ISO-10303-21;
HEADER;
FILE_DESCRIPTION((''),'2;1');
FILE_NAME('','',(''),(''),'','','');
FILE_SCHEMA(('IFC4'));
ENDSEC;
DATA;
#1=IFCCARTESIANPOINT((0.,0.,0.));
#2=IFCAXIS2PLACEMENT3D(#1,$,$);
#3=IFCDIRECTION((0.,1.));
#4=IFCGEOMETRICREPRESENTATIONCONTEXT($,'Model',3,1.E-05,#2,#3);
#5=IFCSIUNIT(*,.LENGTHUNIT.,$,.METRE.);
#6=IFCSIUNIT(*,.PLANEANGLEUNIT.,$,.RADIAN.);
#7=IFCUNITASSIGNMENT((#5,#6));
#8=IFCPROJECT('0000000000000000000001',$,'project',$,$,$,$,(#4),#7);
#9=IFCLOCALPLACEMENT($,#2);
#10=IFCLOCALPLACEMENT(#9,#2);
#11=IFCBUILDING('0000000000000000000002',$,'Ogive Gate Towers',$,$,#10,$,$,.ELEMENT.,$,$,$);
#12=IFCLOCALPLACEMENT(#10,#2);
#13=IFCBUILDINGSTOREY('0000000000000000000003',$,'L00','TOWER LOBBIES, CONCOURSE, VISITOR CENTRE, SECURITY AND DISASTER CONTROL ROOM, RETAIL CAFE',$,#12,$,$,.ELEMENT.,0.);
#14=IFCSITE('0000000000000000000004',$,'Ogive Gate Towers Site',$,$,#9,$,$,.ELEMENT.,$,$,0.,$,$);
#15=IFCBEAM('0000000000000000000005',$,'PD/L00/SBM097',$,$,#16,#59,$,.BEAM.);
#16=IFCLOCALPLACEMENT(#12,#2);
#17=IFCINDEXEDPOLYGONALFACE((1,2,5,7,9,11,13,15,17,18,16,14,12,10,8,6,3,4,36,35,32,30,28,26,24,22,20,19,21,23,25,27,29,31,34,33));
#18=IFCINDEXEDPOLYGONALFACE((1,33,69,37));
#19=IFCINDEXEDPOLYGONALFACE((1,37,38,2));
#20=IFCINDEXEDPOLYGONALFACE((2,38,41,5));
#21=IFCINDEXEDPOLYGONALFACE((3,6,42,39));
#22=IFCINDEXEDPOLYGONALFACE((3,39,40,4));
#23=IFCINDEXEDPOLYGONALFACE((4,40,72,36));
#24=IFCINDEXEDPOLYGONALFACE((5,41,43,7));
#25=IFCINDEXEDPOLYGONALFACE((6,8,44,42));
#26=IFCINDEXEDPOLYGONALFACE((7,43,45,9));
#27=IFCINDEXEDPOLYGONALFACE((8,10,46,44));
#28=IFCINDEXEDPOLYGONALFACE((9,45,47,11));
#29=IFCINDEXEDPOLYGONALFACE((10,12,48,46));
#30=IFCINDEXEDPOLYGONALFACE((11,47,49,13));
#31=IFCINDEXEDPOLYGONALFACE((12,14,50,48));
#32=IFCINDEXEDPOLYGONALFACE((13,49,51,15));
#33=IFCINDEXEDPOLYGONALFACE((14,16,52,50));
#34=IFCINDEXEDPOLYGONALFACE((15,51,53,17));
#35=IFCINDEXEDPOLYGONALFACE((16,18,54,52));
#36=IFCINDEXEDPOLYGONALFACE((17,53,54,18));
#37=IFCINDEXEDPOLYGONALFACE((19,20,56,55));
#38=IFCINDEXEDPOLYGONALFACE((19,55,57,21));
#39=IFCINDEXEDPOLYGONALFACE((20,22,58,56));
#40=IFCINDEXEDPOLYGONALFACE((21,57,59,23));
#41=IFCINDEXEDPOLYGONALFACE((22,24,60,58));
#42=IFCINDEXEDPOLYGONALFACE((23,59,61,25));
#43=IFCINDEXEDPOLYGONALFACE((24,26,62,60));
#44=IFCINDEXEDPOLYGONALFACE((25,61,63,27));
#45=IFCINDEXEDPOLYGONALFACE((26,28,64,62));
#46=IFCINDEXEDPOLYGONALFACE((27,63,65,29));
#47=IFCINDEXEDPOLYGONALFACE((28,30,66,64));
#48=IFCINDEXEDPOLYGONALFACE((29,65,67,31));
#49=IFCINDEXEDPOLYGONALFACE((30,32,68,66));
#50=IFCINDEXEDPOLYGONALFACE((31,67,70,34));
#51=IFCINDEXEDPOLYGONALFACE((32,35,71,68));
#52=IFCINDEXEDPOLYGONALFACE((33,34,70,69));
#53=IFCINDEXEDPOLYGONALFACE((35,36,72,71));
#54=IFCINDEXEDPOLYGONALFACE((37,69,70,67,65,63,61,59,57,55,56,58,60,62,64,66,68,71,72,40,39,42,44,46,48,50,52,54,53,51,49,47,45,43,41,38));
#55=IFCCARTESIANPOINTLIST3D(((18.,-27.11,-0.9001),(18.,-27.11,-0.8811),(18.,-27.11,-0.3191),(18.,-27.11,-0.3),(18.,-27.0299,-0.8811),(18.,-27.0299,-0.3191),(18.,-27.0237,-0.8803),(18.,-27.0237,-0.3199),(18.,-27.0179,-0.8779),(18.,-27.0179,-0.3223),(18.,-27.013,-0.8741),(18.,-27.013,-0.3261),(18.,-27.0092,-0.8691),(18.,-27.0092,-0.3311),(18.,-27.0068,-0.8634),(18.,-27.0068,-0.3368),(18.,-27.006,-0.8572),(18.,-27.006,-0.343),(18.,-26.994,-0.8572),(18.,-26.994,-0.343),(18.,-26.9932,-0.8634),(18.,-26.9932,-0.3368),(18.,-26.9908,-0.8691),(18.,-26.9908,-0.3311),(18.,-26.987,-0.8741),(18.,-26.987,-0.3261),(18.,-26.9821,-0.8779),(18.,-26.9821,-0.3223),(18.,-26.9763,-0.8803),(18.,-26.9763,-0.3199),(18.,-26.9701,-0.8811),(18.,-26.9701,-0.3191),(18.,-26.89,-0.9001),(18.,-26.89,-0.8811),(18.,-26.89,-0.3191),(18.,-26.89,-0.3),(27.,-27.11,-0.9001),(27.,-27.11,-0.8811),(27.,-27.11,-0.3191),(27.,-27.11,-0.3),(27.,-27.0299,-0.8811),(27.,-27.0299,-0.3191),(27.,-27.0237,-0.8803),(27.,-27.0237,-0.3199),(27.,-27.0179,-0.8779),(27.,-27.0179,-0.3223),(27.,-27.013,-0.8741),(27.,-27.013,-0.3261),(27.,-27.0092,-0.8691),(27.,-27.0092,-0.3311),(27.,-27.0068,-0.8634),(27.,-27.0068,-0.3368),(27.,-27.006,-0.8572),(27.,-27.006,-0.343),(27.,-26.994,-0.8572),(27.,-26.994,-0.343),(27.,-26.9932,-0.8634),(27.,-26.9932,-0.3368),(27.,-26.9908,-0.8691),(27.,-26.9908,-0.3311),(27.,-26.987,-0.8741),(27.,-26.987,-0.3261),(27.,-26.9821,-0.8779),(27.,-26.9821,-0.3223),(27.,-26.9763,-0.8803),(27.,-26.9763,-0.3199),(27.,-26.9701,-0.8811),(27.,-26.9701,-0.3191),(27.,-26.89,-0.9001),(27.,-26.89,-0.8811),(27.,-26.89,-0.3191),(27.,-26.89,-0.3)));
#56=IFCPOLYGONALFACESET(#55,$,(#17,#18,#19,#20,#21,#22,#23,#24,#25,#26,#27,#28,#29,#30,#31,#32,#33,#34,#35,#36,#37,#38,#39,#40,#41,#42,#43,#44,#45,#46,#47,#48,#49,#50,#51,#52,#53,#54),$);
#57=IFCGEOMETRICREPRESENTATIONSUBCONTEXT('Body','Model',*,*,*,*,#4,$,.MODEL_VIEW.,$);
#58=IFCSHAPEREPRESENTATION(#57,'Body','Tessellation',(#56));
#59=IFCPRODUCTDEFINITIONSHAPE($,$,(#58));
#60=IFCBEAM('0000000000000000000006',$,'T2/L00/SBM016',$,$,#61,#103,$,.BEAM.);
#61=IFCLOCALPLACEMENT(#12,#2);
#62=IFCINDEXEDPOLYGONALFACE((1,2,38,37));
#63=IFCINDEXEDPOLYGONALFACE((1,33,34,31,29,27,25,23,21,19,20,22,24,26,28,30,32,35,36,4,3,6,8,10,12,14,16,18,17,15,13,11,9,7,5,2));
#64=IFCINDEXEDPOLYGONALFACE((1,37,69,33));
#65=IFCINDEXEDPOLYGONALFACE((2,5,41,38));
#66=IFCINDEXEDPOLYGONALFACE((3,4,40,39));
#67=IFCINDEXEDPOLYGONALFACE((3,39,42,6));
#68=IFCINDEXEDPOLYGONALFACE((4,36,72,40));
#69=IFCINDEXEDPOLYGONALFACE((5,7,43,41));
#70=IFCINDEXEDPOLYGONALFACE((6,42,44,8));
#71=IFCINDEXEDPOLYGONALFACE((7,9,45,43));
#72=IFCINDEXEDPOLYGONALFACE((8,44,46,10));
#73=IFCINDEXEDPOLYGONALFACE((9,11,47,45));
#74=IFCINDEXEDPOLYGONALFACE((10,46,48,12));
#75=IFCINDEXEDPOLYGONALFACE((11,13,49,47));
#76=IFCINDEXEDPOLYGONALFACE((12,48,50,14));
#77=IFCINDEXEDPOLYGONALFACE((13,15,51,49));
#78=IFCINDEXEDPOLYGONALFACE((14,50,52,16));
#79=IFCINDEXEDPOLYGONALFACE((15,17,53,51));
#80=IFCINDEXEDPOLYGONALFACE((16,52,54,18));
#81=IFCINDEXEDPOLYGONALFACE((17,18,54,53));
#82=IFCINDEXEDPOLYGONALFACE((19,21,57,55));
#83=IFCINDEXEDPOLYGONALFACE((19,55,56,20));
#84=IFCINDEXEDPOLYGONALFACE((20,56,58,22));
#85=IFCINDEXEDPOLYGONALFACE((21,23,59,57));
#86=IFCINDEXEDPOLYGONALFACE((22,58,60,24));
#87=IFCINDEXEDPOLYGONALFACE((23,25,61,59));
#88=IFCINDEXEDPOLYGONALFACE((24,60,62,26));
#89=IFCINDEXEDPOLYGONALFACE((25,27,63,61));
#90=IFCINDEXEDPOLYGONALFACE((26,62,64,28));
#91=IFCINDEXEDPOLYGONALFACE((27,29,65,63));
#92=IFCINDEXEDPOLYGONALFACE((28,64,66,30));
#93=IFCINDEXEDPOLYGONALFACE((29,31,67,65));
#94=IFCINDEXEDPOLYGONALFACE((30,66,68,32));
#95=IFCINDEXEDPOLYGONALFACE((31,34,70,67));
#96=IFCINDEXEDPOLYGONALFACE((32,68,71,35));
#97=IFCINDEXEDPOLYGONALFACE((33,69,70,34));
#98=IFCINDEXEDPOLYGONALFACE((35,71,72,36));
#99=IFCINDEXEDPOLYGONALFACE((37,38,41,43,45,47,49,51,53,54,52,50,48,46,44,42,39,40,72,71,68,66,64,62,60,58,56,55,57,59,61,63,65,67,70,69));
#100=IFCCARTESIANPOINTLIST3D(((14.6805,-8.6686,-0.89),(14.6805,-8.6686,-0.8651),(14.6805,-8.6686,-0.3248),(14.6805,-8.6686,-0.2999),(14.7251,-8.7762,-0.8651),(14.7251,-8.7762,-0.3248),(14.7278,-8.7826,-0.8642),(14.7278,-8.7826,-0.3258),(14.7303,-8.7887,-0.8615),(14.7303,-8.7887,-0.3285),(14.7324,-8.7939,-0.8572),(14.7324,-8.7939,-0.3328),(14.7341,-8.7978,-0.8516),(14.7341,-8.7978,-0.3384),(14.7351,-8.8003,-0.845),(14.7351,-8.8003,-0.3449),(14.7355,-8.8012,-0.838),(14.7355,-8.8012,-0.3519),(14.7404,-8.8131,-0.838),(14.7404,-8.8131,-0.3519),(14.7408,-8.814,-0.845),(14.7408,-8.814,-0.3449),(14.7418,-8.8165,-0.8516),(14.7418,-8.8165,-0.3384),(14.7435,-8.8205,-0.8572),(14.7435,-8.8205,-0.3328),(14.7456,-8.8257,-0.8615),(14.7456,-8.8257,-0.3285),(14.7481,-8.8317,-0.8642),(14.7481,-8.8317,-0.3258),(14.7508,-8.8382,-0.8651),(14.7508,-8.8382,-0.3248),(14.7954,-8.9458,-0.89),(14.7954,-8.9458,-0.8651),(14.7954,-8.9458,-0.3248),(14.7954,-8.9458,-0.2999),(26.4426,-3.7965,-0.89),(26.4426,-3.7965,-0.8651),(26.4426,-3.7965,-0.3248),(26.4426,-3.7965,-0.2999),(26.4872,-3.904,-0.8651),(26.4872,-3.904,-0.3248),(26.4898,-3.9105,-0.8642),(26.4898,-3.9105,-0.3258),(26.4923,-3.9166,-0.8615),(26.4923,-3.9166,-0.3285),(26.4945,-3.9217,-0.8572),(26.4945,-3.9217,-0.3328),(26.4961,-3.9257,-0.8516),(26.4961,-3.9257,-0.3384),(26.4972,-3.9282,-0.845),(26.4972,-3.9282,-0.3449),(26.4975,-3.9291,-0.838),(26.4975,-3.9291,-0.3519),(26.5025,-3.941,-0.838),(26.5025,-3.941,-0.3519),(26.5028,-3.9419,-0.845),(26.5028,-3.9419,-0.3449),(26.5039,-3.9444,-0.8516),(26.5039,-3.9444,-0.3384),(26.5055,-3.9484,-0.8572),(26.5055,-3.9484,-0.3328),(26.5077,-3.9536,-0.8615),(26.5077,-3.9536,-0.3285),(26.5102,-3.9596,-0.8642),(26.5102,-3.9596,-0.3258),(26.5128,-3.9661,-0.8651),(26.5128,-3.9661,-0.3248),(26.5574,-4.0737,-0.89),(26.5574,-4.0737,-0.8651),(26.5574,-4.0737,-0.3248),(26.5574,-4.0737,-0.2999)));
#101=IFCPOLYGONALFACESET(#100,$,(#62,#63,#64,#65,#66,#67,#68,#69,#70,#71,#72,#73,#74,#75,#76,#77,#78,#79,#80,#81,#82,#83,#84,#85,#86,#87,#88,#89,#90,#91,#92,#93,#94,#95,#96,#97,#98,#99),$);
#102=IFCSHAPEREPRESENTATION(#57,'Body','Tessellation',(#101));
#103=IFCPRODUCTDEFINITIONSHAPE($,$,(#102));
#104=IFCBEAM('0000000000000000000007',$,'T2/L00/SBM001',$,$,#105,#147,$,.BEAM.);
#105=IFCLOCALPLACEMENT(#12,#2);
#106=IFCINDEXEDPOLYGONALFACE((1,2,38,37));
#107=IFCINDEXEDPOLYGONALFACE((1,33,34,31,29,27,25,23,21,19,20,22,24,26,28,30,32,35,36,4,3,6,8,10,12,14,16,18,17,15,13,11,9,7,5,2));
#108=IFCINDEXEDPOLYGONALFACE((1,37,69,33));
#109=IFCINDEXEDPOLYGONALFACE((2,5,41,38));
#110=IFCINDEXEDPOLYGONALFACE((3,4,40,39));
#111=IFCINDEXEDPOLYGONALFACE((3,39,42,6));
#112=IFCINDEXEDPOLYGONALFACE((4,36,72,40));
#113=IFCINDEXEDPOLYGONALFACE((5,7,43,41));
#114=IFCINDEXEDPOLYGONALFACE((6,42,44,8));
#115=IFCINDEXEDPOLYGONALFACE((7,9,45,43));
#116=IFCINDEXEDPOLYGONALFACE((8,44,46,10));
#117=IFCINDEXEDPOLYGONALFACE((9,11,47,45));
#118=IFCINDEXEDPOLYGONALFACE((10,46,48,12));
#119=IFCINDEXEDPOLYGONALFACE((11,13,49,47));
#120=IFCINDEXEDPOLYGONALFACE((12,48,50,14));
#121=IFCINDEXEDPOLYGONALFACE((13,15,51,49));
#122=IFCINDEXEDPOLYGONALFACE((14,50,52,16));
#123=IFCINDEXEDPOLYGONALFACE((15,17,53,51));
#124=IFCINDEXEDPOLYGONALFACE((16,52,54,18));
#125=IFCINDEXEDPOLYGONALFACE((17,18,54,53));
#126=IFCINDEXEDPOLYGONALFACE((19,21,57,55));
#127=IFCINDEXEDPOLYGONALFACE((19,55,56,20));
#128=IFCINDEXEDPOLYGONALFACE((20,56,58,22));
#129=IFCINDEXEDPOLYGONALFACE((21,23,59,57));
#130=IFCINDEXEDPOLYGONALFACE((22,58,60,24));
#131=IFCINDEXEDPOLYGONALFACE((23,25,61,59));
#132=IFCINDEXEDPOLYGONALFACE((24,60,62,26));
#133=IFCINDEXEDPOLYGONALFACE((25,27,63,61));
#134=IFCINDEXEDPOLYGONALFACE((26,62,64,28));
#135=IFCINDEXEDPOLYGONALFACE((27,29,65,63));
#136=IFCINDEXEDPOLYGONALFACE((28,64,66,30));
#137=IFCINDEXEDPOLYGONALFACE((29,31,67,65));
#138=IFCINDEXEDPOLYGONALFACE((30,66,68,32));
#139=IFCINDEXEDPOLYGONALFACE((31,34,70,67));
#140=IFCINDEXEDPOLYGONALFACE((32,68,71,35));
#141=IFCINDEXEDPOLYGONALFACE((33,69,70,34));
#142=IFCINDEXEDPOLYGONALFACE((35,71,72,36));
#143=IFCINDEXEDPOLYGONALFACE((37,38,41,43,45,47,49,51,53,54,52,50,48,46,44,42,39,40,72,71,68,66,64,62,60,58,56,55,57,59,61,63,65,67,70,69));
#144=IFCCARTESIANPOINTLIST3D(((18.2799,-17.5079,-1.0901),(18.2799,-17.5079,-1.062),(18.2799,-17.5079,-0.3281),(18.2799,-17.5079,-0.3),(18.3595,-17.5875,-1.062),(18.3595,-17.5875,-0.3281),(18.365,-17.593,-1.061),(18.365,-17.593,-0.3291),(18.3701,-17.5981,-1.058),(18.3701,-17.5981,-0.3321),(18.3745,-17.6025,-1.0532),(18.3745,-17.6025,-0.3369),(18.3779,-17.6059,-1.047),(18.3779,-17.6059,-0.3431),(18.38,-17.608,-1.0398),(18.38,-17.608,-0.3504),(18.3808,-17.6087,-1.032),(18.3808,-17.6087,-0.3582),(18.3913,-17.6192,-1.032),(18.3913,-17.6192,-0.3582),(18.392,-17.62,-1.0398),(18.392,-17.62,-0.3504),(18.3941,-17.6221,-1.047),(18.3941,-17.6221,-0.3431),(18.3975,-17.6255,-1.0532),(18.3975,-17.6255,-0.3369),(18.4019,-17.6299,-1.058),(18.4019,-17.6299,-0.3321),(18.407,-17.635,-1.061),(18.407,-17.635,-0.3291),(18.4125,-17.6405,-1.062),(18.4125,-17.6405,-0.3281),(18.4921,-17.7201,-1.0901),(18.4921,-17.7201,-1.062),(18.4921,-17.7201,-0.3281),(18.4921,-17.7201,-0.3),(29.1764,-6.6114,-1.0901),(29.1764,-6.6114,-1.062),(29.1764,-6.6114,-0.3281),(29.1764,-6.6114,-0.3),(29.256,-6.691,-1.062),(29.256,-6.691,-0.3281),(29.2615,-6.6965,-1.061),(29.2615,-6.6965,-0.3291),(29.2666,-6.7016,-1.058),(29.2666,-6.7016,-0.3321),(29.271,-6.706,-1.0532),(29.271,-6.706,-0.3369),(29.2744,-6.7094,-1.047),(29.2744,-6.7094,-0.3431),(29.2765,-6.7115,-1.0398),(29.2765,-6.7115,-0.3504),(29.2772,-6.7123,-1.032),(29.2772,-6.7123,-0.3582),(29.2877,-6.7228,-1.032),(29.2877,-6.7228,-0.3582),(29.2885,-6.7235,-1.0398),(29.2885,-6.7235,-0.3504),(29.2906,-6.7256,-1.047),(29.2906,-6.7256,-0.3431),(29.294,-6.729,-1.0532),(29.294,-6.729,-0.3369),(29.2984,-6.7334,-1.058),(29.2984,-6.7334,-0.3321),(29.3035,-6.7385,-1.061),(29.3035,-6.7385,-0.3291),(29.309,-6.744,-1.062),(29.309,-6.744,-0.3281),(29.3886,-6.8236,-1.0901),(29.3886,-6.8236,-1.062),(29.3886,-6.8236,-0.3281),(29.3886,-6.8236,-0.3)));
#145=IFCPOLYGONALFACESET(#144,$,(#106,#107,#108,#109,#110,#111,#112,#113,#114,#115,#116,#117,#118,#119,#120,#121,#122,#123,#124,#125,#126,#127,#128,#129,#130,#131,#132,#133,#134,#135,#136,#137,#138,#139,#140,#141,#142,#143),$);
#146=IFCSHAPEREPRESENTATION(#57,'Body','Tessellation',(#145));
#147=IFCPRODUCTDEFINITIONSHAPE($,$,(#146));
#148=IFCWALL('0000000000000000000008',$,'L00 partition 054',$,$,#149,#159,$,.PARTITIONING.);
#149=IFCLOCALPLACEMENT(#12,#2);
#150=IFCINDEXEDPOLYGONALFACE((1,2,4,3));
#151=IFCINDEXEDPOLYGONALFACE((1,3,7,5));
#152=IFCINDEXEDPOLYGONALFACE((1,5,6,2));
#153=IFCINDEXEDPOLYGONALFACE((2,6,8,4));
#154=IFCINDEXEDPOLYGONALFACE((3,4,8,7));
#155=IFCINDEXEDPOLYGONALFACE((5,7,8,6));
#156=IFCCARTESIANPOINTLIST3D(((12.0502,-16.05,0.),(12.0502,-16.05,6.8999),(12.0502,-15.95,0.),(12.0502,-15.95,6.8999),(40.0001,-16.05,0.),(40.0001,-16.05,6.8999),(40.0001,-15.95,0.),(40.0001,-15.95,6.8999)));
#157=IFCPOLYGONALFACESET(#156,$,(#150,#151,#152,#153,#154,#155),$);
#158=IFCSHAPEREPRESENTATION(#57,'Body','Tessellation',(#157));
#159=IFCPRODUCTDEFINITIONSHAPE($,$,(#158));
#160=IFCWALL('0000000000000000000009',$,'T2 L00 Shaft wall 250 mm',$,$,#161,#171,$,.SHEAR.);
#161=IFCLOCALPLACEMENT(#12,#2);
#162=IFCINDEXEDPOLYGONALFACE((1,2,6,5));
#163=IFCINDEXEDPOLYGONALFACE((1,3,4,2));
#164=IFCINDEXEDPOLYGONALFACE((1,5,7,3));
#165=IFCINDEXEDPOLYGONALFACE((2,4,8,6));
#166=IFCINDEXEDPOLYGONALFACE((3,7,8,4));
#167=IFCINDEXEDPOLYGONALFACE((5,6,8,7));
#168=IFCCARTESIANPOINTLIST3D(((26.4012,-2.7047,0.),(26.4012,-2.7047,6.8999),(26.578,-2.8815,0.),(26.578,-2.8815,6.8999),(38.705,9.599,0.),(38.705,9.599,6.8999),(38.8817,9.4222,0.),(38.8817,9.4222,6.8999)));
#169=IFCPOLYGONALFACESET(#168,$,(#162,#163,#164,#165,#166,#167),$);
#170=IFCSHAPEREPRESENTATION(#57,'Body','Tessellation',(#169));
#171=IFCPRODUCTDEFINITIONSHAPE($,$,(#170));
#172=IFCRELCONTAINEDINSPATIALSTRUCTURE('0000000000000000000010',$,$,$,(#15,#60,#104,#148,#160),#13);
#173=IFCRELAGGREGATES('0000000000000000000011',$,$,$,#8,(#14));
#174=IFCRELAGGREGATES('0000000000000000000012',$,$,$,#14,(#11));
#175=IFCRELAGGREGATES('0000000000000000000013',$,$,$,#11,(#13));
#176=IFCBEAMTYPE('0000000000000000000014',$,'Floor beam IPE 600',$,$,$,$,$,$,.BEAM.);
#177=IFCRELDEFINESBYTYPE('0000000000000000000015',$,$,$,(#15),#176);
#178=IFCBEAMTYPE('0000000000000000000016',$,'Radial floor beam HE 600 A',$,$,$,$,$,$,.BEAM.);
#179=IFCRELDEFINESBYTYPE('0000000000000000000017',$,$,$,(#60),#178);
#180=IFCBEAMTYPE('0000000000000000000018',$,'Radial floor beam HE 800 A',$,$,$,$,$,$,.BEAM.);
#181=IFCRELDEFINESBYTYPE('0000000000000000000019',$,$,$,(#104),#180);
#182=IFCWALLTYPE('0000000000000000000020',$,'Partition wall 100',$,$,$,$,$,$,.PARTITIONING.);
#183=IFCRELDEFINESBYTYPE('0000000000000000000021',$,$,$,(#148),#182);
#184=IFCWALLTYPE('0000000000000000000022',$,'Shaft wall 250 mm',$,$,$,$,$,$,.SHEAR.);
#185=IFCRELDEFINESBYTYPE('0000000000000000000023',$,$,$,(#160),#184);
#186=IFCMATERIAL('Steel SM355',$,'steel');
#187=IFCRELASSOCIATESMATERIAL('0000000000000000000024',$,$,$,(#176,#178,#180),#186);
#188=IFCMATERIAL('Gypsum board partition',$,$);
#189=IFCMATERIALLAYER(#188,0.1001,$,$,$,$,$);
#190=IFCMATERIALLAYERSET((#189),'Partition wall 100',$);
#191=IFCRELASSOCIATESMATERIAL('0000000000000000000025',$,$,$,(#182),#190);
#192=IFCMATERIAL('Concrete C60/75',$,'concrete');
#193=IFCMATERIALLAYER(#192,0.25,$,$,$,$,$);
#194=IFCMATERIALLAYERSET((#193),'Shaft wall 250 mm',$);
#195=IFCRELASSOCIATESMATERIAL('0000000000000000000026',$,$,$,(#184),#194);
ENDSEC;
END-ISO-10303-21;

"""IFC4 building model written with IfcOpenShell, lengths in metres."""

from ifc_helpers import new_model, si_unit, direction, frame, frame_2d, origin, origin_2d, place, context, subcontext, project, spatial, rectangle, i_section, extrude, material, layer, layer_set, material_profile, profile_set, type_object, element, save


model = new_model("IFC4")

# Units and contexts
model_context = context("Model", 3, precision=1e-05, world=origin(), true_north=direction((0.0, 1.0)))
body_context = subcontext(model_context, "Body", "Model", "MODEL_VIEW")
ifc_project = project(units=[si_unit("LENGTHUNIT", "METRE"), si_unit("PLANEANGLEUNIT", "RADIAN")], contexts=[model_context])

# Site, building, storey
site_placement = place(None, origin())
site = spatial("IfcSite", under=ifc_project, at=site_placement, Name="Ogive Gate Towers Site", CompositionType="ELEMENT", RefElevation=0.0)
building_placement = place(site_placement, origin())
building = spatial("IfcBuilding", under=site, at=building_placement, Name="Ogive Gate Towers", CompositionType="ELEMENT")
storey_placement = place(building_placement, origin())
storey = spatial("IfcBuildingStorey", under=building, at=storey_placement, Name="L00", Description="TOWER LOBBIES, CONCOURSE, VISITOR CENTRE, SECURITY AND DISASTER CONTROL ROOM, RETAIL CAFE", CompositionType="ELEMENT", Elevation=0.0)

# Beams
ifc_material_1 = material(Name="Steel SM355", Category="steel")
ifc_material_profile_1 = material_profile(ifc_material_1, i_section(OverallWidth=0.22, OverallDepth=0.6001, WebThickness=0.012, FlangeThickness=0.019, FilletRadius=0.0239, at=origin_2d()), Name="IPE 600")
ifc_profile_set_1 = profile_set([ifc_material_profile_1], Name="Steel SM355")
beam_type_1 = type_object("IfcBeamType", Name="Floor beam IPE 600", PredefinedType="BEAM", material=ifc_profile_set_1)
beam_1_placement = place(storey_placement, frame((18.0, -27.0, -0.6001), z_axis=(1.0, 0.0, 0.0), x_axis=(0.0, 1.0, 0.0)))
element("IfcBeam", 1, at=beam_1_placement, inside=storey, type_object=beam_type_1, Name="PD/L00/SBM097", PredefinedType="BEAM", context=body_context, shape_type="SweptSolid", body=[
    extrude(i_section(OverallWidth=0.22, OverallDepth=0.6001, WebThickness=0.012, FlangeThickness=0.019, FilletRadius=0.0239, at=origin_2d()), origin(), (0.0, 0.0, 1.0), 9.0),
])
ifc_material_profile_2 = material_profile(ifc_material_1, i_section(OverallWidth=0.3, OverallDepth=0.5901, WebThickness=0.0129, FlangeThickness=0.0249, FilletRadius=0.0271, at=origin_2d()), Name="HE 600 A")
ifc_profile_set_2 = profile_set([ifc_material_profile_2], Name="Steel SM355")
beam_type_2 = type_object("IfcBeamType", Name="Radial floor beam HE 600 A", PredefinedType="BEAM", material=ifc_profile_set_2)
beam_2_placement = place(storey_placement, frame((26.5, -3.9351, -0.595), z_axis=(-0.923877, -0.382691, 0.0), x_axis=(0.382691, -0.923877, 0.0)))
element("IfcBeam", 2, at=beam_2_placement, inside=storey, type_object=beam_type_2, Name="T2/L00/SBM016", PredefinedType="BEAM", context=body_context, shape_type="SweptSolid", body=[
    extrude(i_section(OverallWidth=0.3, OverallDepth=0.5901, WebThickness=0.0129, FlangeThickness=0.0249, FilletRadius=0.0271, at=origin_2d()), origin(), (0.0, 0.0, 1.0), 12.7312),
])
ifc_material_profile_3 = material_profile(ifc_material_1, i_section(OverallWidth=0.3, OverallDepth=0.79, WebThickness=0.0149, FlangeThickness=0.0281, FilletRadius=0.03, at=origin_2d()), Name="HE 800 A")
ifc_profile_set_3 = profile_set([ifc_material_profile_3], Name="Steel SM355")
beam_type_3 = type_object("IfcBeamType", Name="Radial floor beam HE 800 A", PredefinedType="BEAM", material=ifc_profile_set_3)
beam_3_placement = place(storey_placement, frame((29.2825, -6.7175, -0.6951), z_axis=(-0.707107, -0.707107, 0.0), x_axis=(0.707107, -0.707107, 0.0)))
element("IfcBeam", 3, at=beam_3_placement, inside=storey, type_object=beam_type_3, Name="T2/L00/SBM001", PredefinedType="BEAM", context=body_context, shape_type="SweptSolid", body=[
    extrude(i_section(OverallWidth=0.3, OverallDepth=0.79, WebThickness=0.0149, FlangeThickness=0.0281, FilletRadius=0.03, at=origin_2d()), origin(), (0.0, 0.0, 1.0), 15.4099),
])

# Walls
ifc_material_2 = material(Name="Gypsum board partition")
ifc_layer_1 = layer(ifc_material_2, 0.1001)
ifc_layer_set_1 = layer_set([ifc_layer_1], Name="Partition wall 100")
wall_type_1 = type_object("IfcWallType", Name="Partition wall 100", PredefinedType="PARTITIONING", material=ifc_layer_set_1)
wall_1_placement = place(storey_placement, frame((12.05, -16.0, 0.0), z_axis=(0.0, 0.0, 1.0), x_axis=(1.0, 0.0, 0.0)))
element("IfcWall", 4, at=wall_1_placement, inside=storey, type_object=wall_type_1, Name="L00 partition 054", PredefinedType="PARTITIONING", context=body_context, shape_type="SweptSolid", body=[
    extrude(rectangle(XDim=27.95, YDim=0.1001, at=frame_2d((13.9751, 0.0))), origin(), (0.0, 0.0, 1.0), 6.8999),
])
ifc_material_3 = material(Name="Concrete C60/75", Category="concrete")
ifc_layer_2 = layer(ifc_material_3, 0.25)
ifc_layer_set_2 = layer_set([ifc_layer_2], Name="Shaft wall 250 mm")
wall_type_2 = type_object("IfcWallType", Name="Shaft wall 250 mm", PredefinedType="SHEAR", material=ifc_layer_set_2)
wall_2_placement = place(storey_placement, frame((26.4895, -2.7932, 0.0), z_axis=(0.0, 0.0, 1.0), x_axis=(0.707107, 0.707107, 0.0)))
element("IfcWall", 5, at=wall_2_placement, inside=storey, type_object=wall_type_2, Name="T2 L00 Shaft wall 250 mm", PredefinedType="SHEAR", context=body_context, shape_type="SweptSolid", body=[
    extrude(rectangle(XDim=17.4001, YDim=0.25, at=frame_2d((8.7002, 0.0))), origin(), (0.0, 0.0, 1.0), 6.8999),
])

save(model, "model.ifc")
